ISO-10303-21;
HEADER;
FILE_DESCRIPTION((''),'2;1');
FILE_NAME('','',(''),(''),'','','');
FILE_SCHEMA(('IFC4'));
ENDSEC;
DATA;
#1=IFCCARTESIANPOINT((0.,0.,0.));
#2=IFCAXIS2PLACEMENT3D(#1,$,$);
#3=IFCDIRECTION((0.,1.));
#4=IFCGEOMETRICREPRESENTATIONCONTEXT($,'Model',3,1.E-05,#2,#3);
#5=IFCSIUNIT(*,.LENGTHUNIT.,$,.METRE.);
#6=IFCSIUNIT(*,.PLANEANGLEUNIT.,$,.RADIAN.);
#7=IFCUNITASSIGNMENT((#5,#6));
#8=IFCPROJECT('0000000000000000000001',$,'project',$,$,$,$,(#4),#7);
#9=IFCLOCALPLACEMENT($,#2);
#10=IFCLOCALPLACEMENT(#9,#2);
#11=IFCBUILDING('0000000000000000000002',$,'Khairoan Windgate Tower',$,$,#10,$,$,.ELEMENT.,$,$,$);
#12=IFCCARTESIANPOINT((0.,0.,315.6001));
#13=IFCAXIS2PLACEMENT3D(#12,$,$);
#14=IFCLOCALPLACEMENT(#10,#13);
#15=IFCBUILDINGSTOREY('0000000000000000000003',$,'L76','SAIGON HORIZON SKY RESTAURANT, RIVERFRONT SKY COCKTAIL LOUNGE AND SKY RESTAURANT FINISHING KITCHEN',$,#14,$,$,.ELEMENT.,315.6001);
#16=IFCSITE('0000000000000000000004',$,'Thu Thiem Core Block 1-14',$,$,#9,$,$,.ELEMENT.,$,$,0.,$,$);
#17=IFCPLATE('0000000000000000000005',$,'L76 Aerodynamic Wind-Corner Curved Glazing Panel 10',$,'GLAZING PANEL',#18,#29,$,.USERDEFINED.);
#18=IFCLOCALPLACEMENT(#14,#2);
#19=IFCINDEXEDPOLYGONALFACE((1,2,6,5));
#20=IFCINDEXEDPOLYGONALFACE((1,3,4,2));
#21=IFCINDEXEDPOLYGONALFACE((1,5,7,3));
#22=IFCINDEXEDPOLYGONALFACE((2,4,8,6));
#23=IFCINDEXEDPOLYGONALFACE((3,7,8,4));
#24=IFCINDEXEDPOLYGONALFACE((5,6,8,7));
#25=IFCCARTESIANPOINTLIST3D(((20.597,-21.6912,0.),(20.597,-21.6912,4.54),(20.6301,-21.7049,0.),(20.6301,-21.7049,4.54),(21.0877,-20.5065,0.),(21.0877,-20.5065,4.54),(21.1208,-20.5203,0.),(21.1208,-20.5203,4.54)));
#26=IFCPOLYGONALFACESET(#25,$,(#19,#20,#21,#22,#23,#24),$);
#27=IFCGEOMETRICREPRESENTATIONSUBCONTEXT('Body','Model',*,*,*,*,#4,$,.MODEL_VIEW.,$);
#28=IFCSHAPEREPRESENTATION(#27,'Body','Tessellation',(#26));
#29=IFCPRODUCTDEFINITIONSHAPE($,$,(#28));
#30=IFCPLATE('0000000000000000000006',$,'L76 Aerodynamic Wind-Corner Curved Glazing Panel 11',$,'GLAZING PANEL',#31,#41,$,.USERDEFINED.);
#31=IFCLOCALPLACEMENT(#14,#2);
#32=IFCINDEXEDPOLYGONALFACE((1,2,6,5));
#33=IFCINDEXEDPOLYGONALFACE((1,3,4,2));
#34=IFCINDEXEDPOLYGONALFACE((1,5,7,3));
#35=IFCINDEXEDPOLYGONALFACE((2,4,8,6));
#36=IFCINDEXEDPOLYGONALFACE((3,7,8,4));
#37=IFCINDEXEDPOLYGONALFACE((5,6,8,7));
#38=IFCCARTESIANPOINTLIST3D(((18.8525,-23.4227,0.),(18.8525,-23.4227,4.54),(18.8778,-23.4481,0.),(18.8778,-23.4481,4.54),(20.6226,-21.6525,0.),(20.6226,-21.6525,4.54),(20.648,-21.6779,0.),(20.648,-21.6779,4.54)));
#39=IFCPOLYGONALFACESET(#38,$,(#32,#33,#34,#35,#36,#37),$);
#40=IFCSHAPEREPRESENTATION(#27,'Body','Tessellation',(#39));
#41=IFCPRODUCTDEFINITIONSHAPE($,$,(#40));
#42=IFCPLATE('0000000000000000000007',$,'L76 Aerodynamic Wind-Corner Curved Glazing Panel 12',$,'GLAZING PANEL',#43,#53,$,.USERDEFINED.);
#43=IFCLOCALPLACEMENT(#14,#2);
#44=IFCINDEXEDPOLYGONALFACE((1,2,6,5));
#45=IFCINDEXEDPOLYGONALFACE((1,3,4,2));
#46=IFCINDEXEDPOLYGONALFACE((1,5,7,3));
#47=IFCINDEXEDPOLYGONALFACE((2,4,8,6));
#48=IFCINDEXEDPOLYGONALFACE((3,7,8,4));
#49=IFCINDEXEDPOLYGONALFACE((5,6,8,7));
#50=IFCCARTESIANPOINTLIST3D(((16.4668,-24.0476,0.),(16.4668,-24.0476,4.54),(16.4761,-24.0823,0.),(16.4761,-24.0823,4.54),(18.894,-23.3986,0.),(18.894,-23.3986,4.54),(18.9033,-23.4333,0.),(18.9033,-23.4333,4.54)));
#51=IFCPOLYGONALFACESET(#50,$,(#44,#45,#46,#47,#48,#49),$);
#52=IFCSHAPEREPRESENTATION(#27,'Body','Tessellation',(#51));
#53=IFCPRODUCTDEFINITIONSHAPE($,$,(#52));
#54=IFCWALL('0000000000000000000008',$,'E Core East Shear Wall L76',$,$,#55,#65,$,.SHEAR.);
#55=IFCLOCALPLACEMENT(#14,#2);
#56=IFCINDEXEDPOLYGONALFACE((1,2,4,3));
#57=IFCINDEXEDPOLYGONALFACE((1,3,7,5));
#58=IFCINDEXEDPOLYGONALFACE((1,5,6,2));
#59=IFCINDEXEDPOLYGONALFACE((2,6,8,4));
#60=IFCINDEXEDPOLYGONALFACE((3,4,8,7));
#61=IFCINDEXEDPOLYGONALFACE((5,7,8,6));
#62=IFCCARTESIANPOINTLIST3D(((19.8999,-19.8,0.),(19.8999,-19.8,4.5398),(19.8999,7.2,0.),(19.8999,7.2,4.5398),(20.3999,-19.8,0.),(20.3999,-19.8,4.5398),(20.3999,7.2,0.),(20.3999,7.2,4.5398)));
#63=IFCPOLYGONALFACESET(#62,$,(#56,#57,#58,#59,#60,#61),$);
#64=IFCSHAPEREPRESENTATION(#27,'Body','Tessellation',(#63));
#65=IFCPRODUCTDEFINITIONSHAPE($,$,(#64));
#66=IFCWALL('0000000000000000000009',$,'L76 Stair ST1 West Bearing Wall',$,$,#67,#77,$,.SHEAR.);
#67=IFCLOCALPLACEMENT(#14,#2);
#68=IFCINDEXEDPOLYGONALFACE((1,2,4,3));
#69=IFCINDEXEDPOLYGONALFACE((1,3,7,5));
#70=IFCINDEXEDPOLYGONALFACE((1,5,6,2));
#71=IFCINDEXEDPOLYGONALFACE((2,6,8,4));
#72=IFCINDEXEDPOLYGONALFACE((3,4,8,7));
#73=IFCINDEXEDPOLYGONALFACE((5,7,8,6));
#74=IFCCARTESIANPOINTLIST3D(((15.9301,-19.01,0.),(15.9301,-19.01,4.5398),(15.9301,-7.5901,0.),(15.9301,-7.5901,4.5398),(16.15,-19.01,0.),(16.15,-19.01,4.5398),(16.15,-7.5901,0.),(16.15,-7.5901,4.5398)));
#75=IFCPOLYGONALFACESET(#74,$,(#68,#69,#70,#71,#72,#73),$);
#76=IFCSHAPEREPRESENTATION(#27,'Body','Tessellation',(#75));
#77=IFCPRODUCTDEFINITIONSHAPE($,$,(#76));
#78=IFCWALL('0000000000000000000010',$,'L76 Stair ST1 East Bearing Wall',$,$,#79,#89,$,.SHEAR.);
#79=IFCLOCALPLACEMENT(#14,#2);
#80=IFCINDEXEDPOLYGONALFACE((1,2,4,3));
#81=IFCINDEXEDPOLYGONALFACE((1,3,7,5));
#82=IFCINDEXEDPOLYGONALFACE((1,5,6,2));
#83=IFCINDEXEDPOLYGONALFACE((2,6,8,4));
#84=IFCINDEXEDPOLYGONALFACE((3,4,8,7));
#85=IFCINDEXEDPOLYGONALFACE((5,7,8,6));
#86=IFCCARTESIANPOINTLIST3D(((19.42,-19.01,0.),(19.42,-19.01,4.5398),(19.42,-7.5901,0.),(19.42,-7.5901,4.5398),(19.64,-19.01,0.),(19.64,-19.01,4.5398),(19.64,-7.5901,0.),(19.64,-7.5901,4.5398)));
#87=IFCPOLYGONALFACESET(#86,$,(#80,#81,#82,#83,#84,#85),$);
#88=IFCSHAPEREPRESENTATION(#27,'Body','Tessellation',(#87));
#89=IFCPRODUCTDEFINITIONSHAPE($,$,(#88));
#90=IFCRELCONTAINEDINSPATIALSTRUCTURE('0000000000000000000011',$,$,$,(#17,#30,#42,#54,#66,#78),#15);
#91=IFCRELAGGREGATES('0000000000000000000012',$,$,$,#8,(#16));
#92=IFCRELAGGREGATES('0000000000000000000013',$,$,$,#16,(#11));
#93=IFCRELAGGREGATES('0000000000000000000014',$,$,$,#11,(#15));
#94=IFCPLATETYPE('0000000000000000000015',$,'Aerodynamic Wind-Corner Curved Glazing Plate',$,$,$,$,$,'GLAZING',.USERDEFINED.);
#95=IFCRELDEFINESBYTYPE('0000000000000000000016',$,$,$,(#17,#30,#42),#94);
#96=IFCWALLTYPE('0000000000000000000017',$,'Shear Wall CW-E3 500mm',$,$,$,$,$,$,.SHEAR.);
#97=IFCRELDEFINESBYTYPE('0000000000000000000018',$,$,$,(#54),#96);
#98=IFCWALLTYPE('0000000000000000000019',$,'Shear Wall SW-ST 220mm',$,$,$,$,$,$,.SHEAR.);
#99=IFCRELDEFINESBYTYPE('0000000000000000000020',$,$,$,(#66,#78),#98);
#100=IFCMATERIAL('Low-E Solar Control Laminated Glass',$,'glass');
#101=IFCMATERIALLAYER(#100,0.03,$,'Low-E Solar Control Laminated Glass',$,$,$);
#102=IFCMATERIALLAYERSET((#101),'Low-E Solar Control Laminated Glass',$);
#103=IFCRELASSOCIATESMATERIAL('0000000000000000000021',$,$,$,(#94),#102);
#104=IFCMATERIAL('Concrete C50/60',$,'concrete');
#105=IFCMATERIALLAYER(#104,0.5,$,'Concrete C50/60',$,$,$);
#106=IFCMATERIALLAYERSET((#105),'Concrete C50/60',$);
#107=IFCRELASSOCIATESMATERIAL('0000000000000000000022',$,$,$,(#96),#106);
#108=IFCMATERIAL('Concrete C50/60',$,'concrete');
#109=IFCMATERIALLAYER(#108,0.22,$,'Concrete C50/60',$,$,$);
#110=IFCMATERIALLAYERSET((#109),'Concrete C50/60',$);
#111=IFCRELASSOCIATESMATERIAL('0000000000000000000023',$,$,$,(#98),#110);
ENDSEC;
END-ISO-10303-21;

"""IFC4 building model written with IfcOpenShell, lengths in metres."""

from ifc_helpers import new_model, si_unit, direction, frame, frame_2d, origin, origin_2d, place, context, subcontext, project, spatial, rectangle, extrude, material, layer, layer_set, type_object, element, save


model = new_model("IFC4")

# Units and contexts
model_context = context("Model", 3, precision=1e-05, world=origin(), true_north=direction((0.0, 1.0)))
body_context = subcontext(model_context, "Body", "Model", "MODEL_VIEW")
ifc_project = project(units=[si_unit("LENGTHUNIT", "METRE"), si_unit("PLANEANGLEUNIT", "RADIAN")], contexts=[model_context])

# Site, building, storey
site_placement = place(None, origin())
building_placement = place(site_placement, origin())
storey_placement = place(building_placement, frame((0.0, 0.0, 315.6001)))
site = spatial("IfcSite", under=ifc_project, at=site_placement, Name="Thu Thiem Core Block 1-14", CompositionType="ELEMENT", RefElevation=0.0)
building = spatial("IfcBuilding", under=site, at=building_placement, Name="Khairoan Windgate Tower", CompositionType="ELEMENT")
storey = spatial("IfcBuildingStorey", under=building, at=storey_placement, Name="L76", Description="SAIGON HORIZON SKY RESTAURANT, RIVERFRONT SKY COCKTAIL LOUNGE AND SKY RESTAURANT FINISHING KITCHEN", CompositionType="ELEMENT", Elevation=315.6001)

# Plates
ifc_material_1 = material(Name="Low-E Solar Control Laminated Glass", Category="glass")
ifc_layer_1 = layer(ifc_material_1, 0.03, Name="Low-E Solar Control Laminated Glass")
ifc_layer_set_1 = layer_set([ifc_layer_1], Name="Low-E Solar Control Laminated Glass")
plate_type_1 = type_object("IfcPlateType", Name="Aerodynamic Wind-Corner Curved Glazing Plate", ElementType="GLAZING", PredefinedType="USERDEFINED", material=ifc_layer_set_1)
plate_1_placement = place(storey_placement, frame((20.8589, -21.1057, 0.0), z_axis=(0.0, 0.0, 1.0), x_axis=(-0.382683, -0.92388, 0.0)))
element("IfcPlate", 1, at=plate_1_placement, inside=storey, type_object=plate_type_1, Name="L76 Aerodynamic Wind-Corner Curved Glazing Panel 10", ObjectType="GLAZING PANEL", PredefinedType="USERDEFINED", context=body_context, shape_type="SweptSolid", body=[
    extrude(rectangle(XDim=1.2822, YDim=0.0359, at=origin_2d()), origin(), (0.0, 0.0, 1.0), 4.54),
])
plate_2_placement = place(storey_placement, frame((19.7502, -22.5503, 0.0), z_axis=(0.0, 0.0, 1.0), x_axis=(-0.707107, -0.707107, 0.0)))
element("IfcPlate", 2, at=plate_2_placement, inside=storey, type_object=plate_type_1, Name="L76 Aerodynamic Wind-Corner Curved Glazing Panel 11", ObjectType="GLAZING PANEL", PredefinedType="USERDEFINED", context=body_context, shape_type="SweptSolid", body=[
    extrude(rectangle(XDim=2.5034, YDim=0.0359, at=origin_2d()), origin(), (0.0, 0.0, 1.0), 4.54),
])
plate_3_placement = place(storey_placement, frame((17.6851, -23.7405, 0.0), z_axis=(0.0, 0.0, 1.0), x_axis=(-0.966061, -0.258313, 0.0)))
element("IfcPlate", 3, at=plate_3_placement, inside=storey, type_object=plate_type_1, Name="L76 Aerodynamic Wind-Corner Curved Glazing Panel 12", ObjectType="GLAZING PANEL", PredefinedType="USERDEFINED", context=body_context, shape_type="SweptSolid", body=[
    extrude(rectangle(XDim=2.5125, YDim=0.0359, at=origin_2d()), origin(), (0.0, 0.0, 1.0), 4.54),
])

# Walls
ifc_material_2 = material(Name="Concrete C50/60", Category="concrete")
ifc_layer_2 = layer(ifc_material_2, 0.5, Name="Concrete C50/60")
ifc_layer_set_2 = layer_set([ifc_layer_2], Name="Concrete C50/60")
wall_type_1 = type_object("IfcWallType", Name="Shear Wall CW-E3 500mm", PredefinedType="SHEAR", material=ifc_layer_set_2)
wall_placement = place(storey_placement, frame((20.1499, -19.8, 0.0), z_axis=(0.0, 0.0, 1.0), x_axis=(0.0, 1.0, 0.0)))
element("IfcWall", 4, at=wall_placement, inside=storey, type_object=wall_type_1, Name="E Core East Shear Wall L76", PredefinedType="SHEAR", context=body_context, shape_type="SweptSolid", body=[
    extrude(rectangle(XDim=27.0, YDim=0.5, at=frame_2d((13.5, 0.0))), origin(), (0.0, 0.0, 1.0), 4.5398),
])
ifc_material_3 = material(Name="Concrete C50/60", Category="concrete")
ifc_layer_3 = layer(ifc_material_3, 0.22, Name="Concrete C50/60")
ifc_layer_set_3 = layer_set([ifc_layer_3], Name="Concrete C50/60")
wall_type_2 = type_object("IfcWallType", Name="Shear Wall SW-ST 220mm", PredefinedType="SHEAR", material=ifc_layer_set_3)
for number, where, z_axis, x_axis, name in (
    (5, (16.04, -19.01, 0.0), (0.0, 0.0, 1.0), (0.0, 1.0, 0.0), "L76 Stair ST1 West Bearing Wall"),
    (6, (19.53, -19.01, 0.0), (0.0, 0.0, 1.0), (0.0, 1.0, 0.0), "L76 Stair ST1 East Bearing Wall"),
):
    element("IfcWall", number, at=place(storey_placement, frame(where, z_axis=z_axis, x_axis=x_axis)), inside=storey, type_object=wall_type_2, Name=name, PredefinedType="SHEAR", context=body_context, shape_type="SweptSolid", body=[
        extrude(rectangle(XDim=11.4199, YDim=0.22, at=frame_2d((5.71, 0.0))), origin(), (0.0, 0.0, 1.0), 4.5398),
    ])

save(model, "model.ifc")
